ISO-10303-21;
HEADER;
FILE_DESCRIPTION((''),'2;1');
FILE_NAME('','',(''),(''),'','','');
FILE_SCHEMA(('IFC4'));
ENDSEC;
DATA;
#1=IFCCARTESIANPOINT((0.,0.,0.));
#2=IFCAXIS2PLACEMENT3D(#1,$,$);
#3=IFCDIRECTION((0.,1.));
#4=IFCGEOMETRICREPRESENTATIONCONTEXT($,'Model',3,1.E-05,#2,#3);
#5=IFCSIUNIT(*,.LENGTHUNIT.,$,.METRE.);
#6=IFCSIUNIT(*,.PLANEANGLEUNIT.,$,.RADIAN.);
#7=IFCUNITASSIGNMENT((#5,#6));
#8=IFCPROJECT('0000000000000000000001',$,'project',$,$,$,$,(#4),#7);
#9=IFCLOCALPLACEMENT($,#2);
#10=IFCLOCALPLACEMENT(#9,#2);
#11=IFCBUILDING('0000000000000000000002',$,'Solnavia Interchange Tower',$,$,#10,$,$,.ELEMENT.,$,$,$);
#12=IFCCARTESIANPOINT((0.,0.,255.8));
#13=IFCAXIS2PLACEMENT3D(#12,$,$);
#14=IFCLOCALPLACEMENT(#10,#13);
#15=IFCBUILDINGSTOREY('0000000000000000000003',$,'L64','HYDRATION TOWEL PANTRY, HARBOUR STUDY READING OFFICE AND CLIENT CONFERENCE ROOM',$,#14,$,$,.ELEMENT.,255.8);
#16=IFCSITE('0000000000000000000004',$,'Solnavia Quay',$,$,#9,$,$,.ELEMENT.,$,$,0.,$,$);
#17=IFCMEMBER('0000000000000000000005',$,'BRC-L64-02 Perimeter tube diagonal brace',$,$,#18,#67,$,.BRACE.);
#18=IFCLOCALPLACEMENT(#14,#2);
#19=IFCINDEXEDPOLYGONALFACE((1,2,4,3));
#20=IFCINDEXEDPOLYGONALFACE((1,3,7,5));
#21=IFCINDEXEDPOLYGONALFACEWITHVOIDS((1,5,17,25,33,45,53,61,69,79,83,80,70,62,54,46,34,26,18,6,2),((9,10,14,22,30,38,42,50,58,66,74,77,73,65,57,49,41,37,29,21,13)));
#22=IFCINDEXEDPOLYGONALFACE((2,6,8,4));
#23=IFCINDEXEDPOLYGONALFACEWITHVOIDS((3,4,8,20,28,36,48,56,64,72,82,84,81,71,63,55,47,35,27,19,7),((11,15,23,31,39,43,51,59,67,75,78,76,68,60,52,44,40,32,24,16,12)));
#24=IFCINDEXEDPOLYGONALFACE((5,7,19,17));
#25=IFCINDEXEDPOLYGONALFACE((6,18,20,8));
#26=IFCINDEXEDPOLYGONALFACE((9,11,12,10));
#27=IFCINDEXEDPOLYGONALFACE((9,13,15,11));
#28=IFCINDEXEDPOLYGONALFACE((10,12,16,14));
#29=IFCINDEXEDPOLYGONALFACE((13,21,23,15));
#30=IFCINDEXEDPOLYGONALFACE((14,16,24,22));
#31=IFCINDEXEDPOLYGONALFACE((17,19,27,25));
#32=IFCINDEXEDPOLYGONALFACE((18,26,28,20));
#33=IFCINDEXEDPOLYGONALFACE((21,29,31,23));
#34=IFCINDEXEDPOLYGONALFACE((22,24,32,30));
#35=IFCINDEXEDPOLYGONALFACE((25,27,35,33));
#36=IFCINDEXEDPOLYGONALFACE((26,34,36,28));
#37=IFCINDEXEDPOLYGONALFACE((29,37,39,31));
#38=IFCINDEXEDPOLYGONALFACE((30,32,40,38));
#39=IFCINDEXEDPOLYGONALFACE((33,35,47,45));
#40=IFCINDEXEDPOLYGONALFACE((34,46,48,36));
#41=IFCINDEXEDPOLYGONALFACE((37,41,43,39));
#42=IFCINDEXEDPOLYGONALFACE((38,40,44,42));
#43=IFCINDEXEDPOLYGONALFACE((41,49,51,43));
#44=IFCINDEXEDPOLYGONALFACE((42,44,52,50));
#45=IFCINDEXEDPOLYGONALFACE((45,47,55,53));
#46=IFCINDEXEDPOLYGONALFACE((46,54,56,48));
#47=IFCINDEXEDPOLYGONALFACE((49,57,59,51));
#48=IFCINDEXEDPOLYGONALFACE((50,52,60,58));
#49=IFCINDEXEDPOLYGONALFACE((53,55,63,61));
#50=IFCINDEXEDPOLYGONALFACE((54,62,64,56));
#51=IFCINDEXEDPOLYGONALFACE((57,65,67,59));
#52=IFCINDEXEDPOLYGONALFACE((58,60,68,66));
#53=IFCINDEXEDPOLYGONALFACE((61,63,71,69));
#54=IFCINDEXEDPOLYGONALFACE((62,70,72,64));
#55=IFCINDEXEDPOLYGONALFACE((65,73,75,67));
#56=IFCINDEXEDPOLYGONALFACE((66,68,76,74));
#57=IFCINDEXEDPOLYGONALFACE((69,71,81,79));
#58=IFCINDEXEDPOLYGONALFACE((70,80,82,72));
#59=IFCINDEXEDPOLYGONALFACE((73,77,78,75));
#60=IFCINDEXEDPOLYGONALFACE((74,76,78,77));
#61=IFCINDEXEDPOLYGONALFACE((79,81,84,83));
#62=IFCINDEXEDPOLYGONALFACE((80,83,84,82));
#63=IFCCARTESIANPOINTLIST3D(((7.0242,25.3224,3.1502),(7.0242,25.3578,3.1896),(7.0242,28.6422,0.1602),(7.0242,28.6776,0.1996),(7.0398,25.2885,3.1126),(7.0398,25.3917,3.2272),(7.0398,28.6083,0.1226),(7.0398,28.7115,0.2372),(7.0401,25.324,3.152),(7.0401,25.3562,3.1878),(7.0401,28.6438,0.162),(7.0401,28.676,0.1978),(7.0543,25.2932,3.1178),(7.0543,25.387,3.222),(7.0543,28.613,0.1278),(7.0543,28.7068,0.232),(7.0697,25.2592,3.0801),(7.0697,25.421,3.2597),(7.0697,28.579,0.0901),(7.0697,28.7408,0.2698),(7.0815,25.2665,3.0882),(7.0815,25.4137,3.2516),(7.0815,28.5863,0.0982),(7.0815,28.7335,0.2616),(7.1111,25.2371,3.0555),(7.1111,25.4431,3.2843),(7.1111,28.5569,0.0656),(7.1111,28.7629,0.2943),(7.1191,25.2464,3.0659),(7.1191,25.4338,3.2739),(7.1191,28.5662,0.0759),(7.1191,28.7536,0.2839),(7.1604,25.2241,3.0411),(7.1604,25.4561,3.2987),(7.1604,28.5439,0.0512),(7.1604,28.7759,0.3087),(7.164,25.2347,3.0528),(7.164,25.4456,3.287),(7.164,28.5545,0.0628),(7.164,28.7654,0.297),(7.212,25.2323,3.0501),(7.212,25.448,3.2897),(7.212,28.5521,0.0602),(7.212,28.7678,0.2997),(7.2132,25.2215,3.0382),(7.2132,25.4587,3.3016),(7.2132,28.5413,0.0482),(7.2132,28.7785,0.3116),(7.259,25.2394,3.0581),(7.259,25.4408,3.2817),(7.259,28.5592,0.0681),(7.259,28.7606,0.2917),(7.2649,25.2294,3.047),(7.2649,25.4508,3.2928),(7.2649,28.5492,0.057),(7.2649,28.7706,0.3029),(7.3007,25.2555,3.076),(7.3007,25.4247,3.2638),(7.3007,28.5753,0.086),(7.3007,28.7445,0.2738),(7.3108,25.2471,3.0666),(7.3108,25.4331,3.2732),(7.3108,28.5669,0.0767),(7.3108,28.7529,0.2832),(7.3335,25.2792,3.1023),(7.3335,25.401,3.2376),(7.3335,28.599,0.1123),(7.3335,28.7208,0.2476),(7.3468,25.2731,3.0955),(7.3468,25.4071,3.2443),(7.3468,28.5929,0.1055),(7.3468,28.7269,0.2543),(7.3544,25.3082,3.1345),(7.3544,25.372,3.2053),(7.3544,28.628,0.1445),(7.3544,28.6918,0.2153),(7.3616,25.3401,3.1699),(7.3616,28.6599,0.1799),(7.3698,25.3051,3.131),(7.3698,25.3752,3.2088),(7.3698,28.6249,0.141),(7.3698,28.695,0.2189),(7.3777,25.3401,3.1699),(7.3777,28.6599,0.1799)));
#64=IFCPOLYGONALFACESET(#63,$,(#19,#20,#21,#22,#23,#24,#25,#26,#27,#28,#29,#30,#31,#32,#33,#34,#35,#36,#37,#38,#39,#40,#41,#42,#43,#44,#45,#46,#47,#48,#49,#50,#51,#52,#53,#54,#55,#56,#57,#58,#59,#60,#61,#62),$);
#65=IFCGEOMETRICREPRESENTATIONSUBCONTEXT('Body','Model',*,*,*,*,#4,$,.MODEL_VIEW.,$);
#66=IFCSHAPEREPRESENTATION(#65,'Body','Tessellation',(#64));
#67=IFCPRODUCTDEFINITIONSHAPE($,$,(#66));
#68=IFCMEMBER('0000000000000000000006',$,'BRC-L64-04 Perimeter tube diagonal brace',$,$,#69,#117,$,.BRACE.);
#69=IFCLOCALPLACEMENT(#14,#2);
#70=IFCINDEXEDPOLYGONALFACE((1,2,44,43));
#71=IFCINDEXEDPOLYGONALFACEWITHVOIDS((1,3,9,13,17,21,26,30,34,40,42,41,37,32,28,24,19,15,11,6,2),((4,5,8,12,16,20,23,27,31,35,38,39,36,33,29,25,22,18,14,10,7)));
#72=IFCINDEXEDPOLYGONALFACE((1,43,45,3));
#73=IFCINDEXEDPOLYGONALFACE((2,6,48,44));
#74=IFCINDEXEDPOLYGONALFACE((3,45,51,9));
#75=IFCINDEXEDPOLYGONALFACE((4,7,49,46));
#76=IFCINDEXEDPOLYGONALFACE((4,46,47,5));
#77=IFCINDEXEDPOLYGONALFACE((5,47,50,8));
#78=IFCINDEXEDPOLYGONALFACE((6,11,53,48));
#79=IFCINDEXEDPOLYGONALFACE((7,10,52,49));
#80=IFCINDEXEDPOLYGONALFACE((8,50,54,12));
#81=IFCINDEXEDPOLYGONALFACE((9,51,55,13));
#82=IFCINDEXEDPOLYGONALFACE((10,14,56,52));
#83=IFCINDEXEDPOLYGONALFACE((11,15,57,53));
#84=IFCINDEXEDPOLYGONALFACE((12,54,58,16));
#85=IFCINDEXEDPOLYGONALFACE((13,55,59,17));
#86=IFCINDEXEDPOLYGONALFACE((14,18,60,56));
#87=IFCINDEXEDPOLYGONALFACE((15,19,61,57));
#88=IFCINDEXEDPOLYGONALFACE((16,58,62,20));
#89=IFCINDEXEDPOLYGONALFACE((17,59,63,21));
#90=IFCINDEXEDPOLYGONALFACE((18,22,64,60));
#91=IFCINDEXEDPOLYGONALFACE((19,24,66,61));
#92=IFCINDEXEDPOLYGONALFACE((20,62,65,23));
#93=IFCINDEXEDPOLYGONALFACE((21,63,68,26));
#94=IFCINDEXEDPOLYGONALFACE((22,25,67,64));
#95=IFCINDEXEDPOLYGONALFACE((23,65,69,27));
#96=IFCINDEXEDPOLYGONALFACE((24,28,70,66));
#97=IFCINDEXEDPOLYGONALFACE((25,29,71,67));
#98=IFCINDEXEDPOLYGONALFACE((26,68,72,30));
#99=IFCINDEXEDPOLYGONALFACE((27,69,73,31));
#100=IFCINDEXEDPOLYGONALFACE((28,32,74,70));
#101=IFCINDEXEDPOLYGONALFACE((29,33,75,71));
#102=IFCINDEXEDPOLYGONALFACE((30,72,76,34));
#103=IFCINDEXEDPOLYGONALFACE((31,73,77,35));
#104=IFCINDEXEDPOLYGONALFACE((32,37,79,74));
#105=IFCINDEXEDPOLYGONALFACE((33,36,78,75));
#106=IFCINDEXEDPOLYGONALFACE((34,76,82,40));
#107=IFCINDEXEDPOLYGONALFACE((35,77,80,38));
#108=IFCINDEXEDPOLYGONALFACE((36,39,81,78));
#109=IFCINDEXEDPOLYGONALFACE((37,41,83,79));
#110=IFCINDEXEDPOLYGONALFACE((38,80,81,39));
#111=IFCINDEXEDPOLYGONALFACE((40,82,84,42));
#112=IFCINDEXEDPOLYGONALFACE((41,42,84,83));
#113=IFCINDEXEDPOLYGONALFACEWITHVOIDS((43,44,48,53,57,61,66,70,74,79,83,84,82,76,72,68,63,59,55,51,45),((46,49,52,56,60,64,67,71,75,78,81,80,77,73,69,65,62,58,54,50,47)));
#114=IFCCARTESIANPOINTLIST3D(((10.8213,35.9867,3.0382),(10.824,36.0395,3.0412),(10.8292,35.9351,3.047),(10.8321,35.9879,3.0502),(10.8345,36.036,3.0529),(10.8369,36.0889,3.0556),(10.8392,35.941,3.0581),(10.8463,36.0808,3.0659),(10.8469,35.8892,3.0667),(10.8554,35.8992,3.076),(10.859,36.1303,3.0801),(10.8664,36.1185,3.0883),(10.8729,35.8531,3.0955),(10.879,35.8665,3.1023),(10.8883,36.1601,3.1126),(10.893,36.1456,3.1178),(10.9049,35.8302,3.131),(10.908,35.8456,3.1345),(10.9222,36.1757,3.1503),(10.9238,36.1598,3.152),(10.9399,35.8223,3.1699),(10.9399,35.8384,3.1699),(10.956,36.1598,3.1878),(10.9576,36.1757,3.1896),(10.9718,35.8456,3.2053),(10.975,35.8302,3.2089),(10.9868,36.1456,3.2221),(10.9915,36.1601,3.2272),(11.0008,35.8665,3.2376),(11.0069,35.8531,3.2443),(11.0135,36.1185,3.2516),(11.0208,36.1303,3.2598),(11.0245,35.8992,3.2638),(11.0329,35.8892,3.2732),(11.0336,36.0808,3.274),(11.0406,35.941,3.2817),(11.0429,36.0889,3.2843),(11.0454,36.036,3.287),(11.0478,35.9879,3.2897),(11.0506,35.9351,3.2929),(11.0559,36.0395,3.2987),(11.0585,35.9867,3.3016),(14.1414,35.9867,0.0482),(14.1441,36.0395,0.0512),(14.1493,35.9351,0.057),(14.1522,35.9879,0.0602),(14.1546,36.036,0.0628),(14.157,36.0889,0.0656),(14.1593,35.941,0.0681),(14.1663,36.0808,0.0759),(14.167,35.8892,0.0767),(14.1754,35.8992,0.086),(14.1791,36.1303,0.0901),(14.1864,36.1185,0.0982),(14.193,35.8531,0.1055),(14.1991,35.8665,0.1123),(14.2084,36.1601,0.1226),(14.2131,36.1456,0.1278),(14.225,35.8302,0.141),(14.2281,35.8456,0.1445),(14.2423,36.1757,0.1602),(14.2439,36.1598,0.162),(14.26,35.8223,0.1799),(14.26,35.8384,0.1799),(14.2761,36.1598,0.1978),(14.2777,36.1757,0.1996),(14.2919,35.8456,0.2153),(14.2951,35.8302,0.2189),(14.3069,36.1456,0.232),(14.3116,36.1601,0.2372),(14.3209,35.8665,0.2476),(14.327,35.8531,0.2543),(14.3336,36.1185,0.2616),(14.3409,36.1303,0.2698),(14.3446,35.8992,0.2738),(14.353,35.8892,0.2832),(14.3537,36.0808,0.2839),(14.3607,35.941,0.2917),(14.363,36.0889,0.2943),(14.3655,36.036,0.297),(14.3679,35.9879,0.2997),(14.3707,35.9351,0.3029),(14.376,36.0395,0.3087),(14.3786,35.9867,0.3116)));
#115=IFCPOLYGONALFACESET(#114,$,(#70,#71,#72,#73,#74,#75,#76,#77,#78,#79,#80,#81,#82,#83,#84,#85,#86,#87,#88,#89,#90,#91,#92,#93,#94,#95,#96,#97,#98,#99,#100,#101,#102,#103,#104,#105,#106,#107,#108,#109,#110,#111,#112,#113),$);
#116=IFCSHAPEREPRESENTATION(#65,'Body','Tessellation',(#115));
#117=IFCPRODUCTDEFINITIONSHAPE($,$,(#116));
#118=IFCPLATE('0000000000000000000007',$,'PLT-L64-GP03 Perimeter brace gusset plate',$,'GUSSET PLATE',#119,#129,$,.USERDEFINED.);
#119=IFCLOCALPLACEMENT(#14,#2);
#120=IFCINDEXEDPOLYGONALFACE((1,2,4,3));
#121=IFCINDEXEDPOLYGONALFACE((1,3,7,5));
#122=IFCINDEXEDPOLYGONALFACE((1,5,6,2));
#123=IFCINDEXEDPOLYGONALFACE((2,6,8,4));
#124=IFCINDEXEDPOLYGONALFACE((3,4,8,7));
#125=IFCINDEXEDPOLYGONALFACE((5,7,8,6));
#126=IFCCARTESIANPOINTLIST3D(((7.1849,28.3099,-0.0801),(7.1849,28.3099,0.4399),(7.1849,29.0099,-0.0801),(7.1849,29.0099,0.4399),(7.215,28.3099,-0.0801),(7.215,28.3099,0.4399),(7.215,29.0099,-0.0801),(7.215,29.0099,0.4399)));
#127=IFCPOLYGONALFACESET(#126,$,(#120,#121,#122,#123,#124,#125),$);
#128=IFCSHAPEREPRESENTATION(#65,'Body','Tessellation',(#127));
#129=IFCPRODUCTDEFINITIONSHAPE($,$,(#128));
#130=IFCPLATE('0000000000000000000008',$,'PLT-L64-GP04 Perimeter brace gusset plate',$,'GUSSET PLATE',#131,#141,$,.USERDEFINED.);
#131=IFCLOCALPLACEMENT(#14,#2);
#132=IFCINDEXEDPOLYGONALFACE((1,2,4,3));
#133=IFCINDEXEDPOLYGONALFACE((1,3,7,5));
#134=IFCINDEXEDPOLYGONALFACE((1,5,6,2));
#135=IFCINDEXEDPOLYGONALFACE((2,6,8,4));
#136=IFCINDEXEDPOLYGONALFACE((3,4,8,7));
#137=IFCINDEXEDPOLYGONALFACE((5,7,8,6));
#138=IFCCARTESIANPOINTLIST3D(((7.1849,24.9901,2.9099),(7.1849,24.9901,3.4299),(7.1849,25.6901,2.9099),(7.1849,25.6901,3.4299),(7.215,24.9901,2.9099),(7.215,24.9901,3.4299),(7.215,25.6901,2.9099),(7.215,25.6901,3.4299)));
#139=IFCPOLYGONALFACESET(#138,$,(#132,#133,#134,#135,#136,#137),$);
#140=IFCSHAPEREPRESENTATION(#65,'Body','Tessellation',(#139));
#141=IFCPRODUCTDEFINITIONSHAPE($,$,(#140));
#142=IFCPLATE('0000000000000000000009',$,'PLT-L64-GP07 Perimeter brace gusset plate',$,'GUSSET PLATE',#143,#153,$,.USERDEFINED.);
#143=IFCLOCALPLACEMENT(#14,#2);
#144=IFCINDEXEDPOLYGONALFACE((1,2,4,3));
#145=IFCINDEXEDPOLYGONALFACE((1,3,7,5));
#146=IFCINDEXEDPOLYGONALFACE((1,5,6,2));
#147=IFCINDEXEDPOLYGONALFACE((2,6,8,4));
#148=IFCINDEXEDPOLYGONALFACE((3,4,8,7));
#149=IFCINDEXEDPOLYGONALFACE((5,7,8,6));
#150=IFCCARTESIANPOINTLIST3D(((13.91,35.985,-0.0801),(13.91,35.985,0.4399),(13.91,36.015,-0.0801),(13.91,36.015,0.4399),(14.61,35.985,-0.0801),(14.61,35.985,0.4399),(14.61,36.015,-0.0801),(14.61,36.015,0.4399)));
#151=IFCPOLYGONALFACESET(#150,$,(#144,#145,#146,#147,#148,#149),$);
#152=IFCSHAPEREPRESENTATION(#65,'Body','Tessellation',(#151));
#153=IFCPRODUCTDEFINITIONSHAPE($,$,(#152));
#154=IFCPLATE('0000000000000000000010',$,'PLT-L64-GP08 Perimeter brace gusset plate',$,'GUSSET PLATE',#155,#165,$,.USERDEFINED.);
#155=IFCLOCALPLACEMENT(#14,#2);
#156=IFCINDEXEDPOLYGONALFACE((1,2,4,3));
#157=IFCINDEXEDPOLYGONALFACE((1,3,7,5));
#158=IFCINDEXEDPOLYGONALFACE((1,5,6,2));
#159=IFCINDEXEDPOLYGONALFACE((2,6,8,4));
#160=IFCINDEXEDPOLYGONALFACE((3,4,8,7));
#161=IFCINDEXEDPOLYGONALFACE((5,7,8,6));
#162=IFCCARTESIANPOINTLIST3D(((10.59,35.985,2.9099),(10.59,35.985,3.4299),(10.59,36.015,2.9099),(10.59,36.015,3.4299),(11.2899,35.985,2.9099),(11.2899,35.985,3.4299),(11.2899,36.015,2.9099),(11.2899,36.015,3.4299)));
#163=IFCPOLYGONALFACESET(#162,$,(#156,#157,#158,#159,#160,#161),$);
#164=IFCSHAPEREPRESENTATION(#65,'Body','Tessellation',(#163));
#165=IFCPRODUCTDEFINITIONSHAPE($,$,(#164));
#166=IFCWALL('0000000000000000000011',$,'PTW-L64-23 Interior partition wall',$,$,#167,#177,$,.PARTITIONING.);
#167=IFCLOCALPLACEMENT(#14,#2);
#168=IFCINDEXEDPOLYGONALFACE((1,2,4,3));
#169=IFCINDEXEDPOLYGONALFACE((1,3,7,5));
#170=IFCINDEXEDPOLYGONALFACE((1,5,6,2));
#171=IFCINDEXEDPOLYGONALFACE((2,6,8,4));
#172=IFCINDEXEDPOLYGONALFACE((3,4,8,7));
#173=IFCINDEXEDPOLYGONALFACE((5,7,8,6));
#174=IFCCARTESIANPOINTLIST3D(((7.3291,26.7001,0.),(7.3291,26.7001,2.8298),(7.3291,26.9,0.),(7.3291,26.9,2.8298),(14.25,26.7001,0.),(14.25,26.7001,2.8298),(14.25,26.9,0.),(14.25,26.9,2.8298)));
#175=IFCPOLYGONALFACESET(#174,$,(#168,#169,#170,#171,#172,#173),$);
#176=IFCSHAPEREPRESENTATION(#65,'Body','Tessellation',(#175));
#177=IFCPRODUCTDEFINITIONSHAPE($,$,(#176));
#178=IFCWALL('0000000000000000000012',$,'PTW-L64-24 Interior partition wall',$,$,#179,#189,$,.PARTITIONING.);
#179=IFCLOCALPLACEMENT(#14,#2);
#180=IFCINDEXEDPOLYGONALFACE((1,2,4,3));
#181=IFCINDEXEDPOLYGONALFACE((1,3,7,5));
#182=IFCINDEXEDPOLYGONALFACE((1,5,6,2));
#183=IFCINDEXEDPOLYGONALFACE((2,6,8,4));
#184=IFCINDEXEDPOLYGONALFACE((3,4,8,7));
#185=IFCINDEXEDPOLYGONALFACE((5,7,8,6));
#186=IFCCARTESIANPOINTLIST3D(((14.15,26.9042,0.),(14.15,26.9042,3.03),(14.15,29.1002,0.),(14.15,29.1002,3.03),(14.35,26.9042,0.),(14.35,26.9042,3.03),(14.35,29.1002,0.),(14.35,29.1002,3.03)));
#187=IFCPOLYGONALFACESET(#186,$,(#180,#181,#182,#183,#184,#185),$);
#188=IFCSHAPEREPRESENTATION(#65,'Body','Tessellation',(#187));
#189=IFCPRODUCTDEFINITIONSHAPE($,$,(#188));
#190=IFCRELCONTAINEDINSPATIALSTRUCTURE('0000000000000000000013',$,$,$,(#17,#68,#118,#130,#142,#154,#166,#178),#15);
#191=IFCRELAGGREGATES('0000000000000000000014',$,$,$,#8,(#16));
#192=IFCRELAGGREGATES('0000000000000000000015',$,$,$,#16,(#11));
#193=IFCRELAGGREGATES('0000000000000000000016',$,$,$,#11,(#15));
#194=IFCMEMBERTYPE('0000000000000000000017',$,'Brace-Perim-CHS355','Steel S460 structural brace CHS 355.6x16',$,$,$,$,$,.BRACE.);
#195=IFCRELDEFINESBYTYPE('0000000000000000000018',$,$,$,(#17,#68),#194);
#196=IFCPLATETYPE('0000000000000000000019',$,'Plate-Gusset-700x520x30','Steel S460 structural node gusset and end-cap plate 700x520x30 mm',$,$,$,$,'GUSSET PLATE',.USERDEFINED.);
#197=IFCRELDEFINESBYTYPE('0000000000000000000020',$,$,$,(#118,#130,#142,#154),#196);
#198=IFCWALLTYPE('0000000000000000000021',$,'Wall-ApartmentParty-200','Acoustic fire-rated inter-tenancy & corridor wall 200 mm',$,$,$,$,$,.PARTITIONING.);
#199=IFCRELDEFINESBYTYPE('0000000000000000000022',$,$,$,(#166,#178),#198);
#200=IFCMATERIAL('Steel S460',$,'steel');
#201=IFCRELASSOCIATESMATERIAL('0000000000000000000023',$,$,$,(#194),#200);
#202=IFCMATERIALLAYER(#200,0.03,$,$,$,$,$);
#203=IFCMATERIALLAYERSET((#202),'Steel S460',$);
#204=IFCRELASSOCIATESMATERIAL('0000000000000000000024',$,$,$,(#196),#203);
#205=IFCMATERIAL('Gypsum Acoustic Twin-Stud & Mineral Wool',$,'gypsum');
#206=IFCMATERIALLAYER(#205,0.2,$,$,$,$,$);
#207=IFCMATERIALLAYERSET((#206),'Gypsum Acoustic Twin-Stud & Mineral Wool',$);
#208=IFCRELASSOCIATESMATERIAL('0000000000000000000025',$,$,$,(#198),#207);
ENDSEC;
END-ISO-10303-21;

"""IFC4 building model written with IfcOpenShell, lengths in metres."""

from ifc_helpers import new_model, si_unit, direction, frame, frame_2d, origin, origin_2d, place, context, subcontext, project, spatial, rectangle, hollow_circle, extrude, material, layer, layer_set, material_profile, profile_set, type_object, element, save


model = new_model("IFC4")

# Units and contexts
model_context = context("Model", 3, precision=1e-05, world=origin(), true_north=direction((0.0, 1.0)))
body_context = subcontext(model_context, "Body", "Model", "MODEL_VIEW")
ifc_project = project(units=[si_unit("LENGTHUNIT", "METRE"), si_unit("PLANEANGLEUNIT", "RADIAN")], contexts=[model_context])

# Site, building, storey
site_placement = place(None, origin())
site = spatial("IfcSite", under=ifc_project, at=site_placement, Name="Solnavia Quay", CompositionType="ELEMENT", RefElevation=0.0)
building_placement = place(site_placement, origin())
building = spatial("IfcBuilding", under=site, at=building_placement, Name="Solnavia Interchange Tower", CompositionType="ELEMENT")
storey_placement = place(building_placement, frame((0.0, 0.0, 255.8)))
storey = spatial("IfcBuildingStorey", under=building, at=storey_placement, Name="L64", Description="HYDRATION TOWEL PANTRY, HARBOUR STUDY READING OFFICE AND CLIENT CONFERENCE ROOM", CompositionType="ELEMENT", Elevation=255.8)

# Shared definitions
ifc_material_1 = material(Name="Steel S460", Category="steel")

# Members
ifc_material_profile_1 = material_profile(ifc_material_1, hollow_circle(Radius=0.1777, WallThickness=0.0161, at=origin_2d()), Name="CHS 355.6x16")
ifc_profile_set_1 = profile_set([ifc_material_profile_1], Name="Steel S460")
member_type = type_object("IfcMemberType", Name="Brace-Perim-CHS355", Description="Steel S460 structural brace CHS 355.6x16", PredefinedType="BRACE", material=ifc_profile_set_1)
member_1_placement = place(storey_placement, frame((7.2, 28.6599, 0.1799), z_axis=(0.0, -0.743055, 0.66923), x_axis=(1.0, 0.0, 0.0)))
element("IfcMember", 1, at=member_1_placement, inside=storey, type_object=member_type, Name="BRC-L64-02 Perimeter tube diagonal brace", PredefinedType="BRACE", context=body_context, shape_type="SweptSolid", body=[
    extrude(hollow_circle(Radius=0.1777, WallThickness=0.0161, at=origin_2d()), origin(), (0.0, 0.0, 1.0), 4.4678),
])
member_2_placement = place(storey_placement, frame((14.26, 36.0, 0.1799), z_axis=(-0.743079, 0.0, 0.669203), x_axis=(0.0, -1.0, 0.0)))
element("IfcMember", 2, at=member_2_placement, inside=storey, type_object=member_type, Name="BRC-L64-04 Perimeter tube diagonal brace", PredefinedType="BRACE", context=body_context, shape_type="SweptSolid", body=[
    extrude(hollow_circle(Radius=0.1777, WallThickness=0.0161, at=origin_2d()), origin(), (0.0, 0.0, 1.0), 4.468),
])

# Plates
ifc_layer_1 = layer(ifc_material_1, 0.03)
ifc_layer_set_1 = layer_set([ifc_layer_1], Name="Steel S460")
plate_type = type_object("IfcPlateType", Name="Plate-Gusset-700x520x30", Description="Steel S460 structural node gusset and end-cap plate 700x520x30 mm", ElementType="GUSSET PLATE", PredefinedType="USERDEFINED", material=ifc_layer_set_1)
for number, where, z_axis, x_axis, name in (
    (3, (7.2, 28.6599, -0.0801), (0.0, 0.0, 1.0), (0.0, -1.0, 0.0), "PLT-L64-GP03 Perimeter brace gusset plate"),
    (4, (7.2, 25.3401, 2.9099), (0.0, 0.0, 1.0), (0.0, -1.0, 0.0), "PLT-L64-GP04 Perimeter brace gusset plate"),
    (5, (14.26, 36.0, -0.0801), (0.0, 0.0, 1.0), (-1.0, 0.0, 0.0), "PLT-L64-GP07 Perimeter brace gusset plate"),
    (6, (10.9399, 36.0, 2.9099), (0.0, 0.0, 1.0), (-1.0, 0.0, 0.0), "PLT-L64-GP08 Perimeter brace gusset plate"),
):
    element("IfcPlate", number, at=place(storey_placement, frame(where, z_axis=z_axis, x_axis=x_axis)), inside=storey, type_object=plate_type, Name=name, ObjectType="GUSSET PLATE", PredefinedType="USERDEFINED", context=body_context, shape_type="SweptSolid", body=[
        extrude(rectangle(XDim=0.7, YDim=0.03, at=origin_2d()), origin(), (0.0, 0.0, 1.0), 0.52),
    ])

# Walls
ifc_material_2 = material(Name="Gypsum Acoustic Twin-Stud & Mineral Wool", Category="gypsum")
ifc_layer_2 = layer(ifc_material_2, 0.2)
ifc_layer_set_2 = layer_set([ifc_layer_2], Name="Gypsum Acoustic Twin-Stud & Mineral Wool")
wall_type_1 = type_object("IfcWallType", Name="Wall-ApartmentParty-200", Description="Acoustic fire-rated inter-tenancy & corridor wall 200 mm", PredefinedType="PARTITIONING", material=ifc_layer_set_2)
wall_1_placement = place(storey_placement, frame((7.3291, 26.8, 0.0), z_axis=(0.0, 0.0, 1.0), x_axis=(1.0, 0.0, 0.0)))
element("IfcWall", 7, at=wall_1_placement, inside=storey, type_object=wall_type_1, Name="PTW-L64-23 Interior partition wall", PredefinedType="PARTITIONING", context=body_context, shape_type="SweptSolid", body=[
    extrude(rectangle(XDim=6.9209, YDim=0.2, at=frame_2d((3.4604, 0.0))), origin(), (0.0, 0.0, 1.0), 2.8298),
])
wall_2_placement = place(storey_placement, frame((14.25, 26.9041, 0.0), z_axis=(0.0, 0.0, 1.0), x_axis=(0.0, 1.0, 0.0)))
element("IfcWall", 8, at=wall_2_placement, inside=storey, type_object=wall_type_1, Name="PTW-L64-24 Interior partition wall", PredefinedType="PARTITIONING", context=body_context, shape_type="SweptSolid", body=[
    extrude(rectangle(XDim=2.196, YDim=0.2, at=frame_2d((1.0981, 0.0))), origin(), (0.0, 0.0, 1.0), 3.03),
])

save(model, "model.ifc")
